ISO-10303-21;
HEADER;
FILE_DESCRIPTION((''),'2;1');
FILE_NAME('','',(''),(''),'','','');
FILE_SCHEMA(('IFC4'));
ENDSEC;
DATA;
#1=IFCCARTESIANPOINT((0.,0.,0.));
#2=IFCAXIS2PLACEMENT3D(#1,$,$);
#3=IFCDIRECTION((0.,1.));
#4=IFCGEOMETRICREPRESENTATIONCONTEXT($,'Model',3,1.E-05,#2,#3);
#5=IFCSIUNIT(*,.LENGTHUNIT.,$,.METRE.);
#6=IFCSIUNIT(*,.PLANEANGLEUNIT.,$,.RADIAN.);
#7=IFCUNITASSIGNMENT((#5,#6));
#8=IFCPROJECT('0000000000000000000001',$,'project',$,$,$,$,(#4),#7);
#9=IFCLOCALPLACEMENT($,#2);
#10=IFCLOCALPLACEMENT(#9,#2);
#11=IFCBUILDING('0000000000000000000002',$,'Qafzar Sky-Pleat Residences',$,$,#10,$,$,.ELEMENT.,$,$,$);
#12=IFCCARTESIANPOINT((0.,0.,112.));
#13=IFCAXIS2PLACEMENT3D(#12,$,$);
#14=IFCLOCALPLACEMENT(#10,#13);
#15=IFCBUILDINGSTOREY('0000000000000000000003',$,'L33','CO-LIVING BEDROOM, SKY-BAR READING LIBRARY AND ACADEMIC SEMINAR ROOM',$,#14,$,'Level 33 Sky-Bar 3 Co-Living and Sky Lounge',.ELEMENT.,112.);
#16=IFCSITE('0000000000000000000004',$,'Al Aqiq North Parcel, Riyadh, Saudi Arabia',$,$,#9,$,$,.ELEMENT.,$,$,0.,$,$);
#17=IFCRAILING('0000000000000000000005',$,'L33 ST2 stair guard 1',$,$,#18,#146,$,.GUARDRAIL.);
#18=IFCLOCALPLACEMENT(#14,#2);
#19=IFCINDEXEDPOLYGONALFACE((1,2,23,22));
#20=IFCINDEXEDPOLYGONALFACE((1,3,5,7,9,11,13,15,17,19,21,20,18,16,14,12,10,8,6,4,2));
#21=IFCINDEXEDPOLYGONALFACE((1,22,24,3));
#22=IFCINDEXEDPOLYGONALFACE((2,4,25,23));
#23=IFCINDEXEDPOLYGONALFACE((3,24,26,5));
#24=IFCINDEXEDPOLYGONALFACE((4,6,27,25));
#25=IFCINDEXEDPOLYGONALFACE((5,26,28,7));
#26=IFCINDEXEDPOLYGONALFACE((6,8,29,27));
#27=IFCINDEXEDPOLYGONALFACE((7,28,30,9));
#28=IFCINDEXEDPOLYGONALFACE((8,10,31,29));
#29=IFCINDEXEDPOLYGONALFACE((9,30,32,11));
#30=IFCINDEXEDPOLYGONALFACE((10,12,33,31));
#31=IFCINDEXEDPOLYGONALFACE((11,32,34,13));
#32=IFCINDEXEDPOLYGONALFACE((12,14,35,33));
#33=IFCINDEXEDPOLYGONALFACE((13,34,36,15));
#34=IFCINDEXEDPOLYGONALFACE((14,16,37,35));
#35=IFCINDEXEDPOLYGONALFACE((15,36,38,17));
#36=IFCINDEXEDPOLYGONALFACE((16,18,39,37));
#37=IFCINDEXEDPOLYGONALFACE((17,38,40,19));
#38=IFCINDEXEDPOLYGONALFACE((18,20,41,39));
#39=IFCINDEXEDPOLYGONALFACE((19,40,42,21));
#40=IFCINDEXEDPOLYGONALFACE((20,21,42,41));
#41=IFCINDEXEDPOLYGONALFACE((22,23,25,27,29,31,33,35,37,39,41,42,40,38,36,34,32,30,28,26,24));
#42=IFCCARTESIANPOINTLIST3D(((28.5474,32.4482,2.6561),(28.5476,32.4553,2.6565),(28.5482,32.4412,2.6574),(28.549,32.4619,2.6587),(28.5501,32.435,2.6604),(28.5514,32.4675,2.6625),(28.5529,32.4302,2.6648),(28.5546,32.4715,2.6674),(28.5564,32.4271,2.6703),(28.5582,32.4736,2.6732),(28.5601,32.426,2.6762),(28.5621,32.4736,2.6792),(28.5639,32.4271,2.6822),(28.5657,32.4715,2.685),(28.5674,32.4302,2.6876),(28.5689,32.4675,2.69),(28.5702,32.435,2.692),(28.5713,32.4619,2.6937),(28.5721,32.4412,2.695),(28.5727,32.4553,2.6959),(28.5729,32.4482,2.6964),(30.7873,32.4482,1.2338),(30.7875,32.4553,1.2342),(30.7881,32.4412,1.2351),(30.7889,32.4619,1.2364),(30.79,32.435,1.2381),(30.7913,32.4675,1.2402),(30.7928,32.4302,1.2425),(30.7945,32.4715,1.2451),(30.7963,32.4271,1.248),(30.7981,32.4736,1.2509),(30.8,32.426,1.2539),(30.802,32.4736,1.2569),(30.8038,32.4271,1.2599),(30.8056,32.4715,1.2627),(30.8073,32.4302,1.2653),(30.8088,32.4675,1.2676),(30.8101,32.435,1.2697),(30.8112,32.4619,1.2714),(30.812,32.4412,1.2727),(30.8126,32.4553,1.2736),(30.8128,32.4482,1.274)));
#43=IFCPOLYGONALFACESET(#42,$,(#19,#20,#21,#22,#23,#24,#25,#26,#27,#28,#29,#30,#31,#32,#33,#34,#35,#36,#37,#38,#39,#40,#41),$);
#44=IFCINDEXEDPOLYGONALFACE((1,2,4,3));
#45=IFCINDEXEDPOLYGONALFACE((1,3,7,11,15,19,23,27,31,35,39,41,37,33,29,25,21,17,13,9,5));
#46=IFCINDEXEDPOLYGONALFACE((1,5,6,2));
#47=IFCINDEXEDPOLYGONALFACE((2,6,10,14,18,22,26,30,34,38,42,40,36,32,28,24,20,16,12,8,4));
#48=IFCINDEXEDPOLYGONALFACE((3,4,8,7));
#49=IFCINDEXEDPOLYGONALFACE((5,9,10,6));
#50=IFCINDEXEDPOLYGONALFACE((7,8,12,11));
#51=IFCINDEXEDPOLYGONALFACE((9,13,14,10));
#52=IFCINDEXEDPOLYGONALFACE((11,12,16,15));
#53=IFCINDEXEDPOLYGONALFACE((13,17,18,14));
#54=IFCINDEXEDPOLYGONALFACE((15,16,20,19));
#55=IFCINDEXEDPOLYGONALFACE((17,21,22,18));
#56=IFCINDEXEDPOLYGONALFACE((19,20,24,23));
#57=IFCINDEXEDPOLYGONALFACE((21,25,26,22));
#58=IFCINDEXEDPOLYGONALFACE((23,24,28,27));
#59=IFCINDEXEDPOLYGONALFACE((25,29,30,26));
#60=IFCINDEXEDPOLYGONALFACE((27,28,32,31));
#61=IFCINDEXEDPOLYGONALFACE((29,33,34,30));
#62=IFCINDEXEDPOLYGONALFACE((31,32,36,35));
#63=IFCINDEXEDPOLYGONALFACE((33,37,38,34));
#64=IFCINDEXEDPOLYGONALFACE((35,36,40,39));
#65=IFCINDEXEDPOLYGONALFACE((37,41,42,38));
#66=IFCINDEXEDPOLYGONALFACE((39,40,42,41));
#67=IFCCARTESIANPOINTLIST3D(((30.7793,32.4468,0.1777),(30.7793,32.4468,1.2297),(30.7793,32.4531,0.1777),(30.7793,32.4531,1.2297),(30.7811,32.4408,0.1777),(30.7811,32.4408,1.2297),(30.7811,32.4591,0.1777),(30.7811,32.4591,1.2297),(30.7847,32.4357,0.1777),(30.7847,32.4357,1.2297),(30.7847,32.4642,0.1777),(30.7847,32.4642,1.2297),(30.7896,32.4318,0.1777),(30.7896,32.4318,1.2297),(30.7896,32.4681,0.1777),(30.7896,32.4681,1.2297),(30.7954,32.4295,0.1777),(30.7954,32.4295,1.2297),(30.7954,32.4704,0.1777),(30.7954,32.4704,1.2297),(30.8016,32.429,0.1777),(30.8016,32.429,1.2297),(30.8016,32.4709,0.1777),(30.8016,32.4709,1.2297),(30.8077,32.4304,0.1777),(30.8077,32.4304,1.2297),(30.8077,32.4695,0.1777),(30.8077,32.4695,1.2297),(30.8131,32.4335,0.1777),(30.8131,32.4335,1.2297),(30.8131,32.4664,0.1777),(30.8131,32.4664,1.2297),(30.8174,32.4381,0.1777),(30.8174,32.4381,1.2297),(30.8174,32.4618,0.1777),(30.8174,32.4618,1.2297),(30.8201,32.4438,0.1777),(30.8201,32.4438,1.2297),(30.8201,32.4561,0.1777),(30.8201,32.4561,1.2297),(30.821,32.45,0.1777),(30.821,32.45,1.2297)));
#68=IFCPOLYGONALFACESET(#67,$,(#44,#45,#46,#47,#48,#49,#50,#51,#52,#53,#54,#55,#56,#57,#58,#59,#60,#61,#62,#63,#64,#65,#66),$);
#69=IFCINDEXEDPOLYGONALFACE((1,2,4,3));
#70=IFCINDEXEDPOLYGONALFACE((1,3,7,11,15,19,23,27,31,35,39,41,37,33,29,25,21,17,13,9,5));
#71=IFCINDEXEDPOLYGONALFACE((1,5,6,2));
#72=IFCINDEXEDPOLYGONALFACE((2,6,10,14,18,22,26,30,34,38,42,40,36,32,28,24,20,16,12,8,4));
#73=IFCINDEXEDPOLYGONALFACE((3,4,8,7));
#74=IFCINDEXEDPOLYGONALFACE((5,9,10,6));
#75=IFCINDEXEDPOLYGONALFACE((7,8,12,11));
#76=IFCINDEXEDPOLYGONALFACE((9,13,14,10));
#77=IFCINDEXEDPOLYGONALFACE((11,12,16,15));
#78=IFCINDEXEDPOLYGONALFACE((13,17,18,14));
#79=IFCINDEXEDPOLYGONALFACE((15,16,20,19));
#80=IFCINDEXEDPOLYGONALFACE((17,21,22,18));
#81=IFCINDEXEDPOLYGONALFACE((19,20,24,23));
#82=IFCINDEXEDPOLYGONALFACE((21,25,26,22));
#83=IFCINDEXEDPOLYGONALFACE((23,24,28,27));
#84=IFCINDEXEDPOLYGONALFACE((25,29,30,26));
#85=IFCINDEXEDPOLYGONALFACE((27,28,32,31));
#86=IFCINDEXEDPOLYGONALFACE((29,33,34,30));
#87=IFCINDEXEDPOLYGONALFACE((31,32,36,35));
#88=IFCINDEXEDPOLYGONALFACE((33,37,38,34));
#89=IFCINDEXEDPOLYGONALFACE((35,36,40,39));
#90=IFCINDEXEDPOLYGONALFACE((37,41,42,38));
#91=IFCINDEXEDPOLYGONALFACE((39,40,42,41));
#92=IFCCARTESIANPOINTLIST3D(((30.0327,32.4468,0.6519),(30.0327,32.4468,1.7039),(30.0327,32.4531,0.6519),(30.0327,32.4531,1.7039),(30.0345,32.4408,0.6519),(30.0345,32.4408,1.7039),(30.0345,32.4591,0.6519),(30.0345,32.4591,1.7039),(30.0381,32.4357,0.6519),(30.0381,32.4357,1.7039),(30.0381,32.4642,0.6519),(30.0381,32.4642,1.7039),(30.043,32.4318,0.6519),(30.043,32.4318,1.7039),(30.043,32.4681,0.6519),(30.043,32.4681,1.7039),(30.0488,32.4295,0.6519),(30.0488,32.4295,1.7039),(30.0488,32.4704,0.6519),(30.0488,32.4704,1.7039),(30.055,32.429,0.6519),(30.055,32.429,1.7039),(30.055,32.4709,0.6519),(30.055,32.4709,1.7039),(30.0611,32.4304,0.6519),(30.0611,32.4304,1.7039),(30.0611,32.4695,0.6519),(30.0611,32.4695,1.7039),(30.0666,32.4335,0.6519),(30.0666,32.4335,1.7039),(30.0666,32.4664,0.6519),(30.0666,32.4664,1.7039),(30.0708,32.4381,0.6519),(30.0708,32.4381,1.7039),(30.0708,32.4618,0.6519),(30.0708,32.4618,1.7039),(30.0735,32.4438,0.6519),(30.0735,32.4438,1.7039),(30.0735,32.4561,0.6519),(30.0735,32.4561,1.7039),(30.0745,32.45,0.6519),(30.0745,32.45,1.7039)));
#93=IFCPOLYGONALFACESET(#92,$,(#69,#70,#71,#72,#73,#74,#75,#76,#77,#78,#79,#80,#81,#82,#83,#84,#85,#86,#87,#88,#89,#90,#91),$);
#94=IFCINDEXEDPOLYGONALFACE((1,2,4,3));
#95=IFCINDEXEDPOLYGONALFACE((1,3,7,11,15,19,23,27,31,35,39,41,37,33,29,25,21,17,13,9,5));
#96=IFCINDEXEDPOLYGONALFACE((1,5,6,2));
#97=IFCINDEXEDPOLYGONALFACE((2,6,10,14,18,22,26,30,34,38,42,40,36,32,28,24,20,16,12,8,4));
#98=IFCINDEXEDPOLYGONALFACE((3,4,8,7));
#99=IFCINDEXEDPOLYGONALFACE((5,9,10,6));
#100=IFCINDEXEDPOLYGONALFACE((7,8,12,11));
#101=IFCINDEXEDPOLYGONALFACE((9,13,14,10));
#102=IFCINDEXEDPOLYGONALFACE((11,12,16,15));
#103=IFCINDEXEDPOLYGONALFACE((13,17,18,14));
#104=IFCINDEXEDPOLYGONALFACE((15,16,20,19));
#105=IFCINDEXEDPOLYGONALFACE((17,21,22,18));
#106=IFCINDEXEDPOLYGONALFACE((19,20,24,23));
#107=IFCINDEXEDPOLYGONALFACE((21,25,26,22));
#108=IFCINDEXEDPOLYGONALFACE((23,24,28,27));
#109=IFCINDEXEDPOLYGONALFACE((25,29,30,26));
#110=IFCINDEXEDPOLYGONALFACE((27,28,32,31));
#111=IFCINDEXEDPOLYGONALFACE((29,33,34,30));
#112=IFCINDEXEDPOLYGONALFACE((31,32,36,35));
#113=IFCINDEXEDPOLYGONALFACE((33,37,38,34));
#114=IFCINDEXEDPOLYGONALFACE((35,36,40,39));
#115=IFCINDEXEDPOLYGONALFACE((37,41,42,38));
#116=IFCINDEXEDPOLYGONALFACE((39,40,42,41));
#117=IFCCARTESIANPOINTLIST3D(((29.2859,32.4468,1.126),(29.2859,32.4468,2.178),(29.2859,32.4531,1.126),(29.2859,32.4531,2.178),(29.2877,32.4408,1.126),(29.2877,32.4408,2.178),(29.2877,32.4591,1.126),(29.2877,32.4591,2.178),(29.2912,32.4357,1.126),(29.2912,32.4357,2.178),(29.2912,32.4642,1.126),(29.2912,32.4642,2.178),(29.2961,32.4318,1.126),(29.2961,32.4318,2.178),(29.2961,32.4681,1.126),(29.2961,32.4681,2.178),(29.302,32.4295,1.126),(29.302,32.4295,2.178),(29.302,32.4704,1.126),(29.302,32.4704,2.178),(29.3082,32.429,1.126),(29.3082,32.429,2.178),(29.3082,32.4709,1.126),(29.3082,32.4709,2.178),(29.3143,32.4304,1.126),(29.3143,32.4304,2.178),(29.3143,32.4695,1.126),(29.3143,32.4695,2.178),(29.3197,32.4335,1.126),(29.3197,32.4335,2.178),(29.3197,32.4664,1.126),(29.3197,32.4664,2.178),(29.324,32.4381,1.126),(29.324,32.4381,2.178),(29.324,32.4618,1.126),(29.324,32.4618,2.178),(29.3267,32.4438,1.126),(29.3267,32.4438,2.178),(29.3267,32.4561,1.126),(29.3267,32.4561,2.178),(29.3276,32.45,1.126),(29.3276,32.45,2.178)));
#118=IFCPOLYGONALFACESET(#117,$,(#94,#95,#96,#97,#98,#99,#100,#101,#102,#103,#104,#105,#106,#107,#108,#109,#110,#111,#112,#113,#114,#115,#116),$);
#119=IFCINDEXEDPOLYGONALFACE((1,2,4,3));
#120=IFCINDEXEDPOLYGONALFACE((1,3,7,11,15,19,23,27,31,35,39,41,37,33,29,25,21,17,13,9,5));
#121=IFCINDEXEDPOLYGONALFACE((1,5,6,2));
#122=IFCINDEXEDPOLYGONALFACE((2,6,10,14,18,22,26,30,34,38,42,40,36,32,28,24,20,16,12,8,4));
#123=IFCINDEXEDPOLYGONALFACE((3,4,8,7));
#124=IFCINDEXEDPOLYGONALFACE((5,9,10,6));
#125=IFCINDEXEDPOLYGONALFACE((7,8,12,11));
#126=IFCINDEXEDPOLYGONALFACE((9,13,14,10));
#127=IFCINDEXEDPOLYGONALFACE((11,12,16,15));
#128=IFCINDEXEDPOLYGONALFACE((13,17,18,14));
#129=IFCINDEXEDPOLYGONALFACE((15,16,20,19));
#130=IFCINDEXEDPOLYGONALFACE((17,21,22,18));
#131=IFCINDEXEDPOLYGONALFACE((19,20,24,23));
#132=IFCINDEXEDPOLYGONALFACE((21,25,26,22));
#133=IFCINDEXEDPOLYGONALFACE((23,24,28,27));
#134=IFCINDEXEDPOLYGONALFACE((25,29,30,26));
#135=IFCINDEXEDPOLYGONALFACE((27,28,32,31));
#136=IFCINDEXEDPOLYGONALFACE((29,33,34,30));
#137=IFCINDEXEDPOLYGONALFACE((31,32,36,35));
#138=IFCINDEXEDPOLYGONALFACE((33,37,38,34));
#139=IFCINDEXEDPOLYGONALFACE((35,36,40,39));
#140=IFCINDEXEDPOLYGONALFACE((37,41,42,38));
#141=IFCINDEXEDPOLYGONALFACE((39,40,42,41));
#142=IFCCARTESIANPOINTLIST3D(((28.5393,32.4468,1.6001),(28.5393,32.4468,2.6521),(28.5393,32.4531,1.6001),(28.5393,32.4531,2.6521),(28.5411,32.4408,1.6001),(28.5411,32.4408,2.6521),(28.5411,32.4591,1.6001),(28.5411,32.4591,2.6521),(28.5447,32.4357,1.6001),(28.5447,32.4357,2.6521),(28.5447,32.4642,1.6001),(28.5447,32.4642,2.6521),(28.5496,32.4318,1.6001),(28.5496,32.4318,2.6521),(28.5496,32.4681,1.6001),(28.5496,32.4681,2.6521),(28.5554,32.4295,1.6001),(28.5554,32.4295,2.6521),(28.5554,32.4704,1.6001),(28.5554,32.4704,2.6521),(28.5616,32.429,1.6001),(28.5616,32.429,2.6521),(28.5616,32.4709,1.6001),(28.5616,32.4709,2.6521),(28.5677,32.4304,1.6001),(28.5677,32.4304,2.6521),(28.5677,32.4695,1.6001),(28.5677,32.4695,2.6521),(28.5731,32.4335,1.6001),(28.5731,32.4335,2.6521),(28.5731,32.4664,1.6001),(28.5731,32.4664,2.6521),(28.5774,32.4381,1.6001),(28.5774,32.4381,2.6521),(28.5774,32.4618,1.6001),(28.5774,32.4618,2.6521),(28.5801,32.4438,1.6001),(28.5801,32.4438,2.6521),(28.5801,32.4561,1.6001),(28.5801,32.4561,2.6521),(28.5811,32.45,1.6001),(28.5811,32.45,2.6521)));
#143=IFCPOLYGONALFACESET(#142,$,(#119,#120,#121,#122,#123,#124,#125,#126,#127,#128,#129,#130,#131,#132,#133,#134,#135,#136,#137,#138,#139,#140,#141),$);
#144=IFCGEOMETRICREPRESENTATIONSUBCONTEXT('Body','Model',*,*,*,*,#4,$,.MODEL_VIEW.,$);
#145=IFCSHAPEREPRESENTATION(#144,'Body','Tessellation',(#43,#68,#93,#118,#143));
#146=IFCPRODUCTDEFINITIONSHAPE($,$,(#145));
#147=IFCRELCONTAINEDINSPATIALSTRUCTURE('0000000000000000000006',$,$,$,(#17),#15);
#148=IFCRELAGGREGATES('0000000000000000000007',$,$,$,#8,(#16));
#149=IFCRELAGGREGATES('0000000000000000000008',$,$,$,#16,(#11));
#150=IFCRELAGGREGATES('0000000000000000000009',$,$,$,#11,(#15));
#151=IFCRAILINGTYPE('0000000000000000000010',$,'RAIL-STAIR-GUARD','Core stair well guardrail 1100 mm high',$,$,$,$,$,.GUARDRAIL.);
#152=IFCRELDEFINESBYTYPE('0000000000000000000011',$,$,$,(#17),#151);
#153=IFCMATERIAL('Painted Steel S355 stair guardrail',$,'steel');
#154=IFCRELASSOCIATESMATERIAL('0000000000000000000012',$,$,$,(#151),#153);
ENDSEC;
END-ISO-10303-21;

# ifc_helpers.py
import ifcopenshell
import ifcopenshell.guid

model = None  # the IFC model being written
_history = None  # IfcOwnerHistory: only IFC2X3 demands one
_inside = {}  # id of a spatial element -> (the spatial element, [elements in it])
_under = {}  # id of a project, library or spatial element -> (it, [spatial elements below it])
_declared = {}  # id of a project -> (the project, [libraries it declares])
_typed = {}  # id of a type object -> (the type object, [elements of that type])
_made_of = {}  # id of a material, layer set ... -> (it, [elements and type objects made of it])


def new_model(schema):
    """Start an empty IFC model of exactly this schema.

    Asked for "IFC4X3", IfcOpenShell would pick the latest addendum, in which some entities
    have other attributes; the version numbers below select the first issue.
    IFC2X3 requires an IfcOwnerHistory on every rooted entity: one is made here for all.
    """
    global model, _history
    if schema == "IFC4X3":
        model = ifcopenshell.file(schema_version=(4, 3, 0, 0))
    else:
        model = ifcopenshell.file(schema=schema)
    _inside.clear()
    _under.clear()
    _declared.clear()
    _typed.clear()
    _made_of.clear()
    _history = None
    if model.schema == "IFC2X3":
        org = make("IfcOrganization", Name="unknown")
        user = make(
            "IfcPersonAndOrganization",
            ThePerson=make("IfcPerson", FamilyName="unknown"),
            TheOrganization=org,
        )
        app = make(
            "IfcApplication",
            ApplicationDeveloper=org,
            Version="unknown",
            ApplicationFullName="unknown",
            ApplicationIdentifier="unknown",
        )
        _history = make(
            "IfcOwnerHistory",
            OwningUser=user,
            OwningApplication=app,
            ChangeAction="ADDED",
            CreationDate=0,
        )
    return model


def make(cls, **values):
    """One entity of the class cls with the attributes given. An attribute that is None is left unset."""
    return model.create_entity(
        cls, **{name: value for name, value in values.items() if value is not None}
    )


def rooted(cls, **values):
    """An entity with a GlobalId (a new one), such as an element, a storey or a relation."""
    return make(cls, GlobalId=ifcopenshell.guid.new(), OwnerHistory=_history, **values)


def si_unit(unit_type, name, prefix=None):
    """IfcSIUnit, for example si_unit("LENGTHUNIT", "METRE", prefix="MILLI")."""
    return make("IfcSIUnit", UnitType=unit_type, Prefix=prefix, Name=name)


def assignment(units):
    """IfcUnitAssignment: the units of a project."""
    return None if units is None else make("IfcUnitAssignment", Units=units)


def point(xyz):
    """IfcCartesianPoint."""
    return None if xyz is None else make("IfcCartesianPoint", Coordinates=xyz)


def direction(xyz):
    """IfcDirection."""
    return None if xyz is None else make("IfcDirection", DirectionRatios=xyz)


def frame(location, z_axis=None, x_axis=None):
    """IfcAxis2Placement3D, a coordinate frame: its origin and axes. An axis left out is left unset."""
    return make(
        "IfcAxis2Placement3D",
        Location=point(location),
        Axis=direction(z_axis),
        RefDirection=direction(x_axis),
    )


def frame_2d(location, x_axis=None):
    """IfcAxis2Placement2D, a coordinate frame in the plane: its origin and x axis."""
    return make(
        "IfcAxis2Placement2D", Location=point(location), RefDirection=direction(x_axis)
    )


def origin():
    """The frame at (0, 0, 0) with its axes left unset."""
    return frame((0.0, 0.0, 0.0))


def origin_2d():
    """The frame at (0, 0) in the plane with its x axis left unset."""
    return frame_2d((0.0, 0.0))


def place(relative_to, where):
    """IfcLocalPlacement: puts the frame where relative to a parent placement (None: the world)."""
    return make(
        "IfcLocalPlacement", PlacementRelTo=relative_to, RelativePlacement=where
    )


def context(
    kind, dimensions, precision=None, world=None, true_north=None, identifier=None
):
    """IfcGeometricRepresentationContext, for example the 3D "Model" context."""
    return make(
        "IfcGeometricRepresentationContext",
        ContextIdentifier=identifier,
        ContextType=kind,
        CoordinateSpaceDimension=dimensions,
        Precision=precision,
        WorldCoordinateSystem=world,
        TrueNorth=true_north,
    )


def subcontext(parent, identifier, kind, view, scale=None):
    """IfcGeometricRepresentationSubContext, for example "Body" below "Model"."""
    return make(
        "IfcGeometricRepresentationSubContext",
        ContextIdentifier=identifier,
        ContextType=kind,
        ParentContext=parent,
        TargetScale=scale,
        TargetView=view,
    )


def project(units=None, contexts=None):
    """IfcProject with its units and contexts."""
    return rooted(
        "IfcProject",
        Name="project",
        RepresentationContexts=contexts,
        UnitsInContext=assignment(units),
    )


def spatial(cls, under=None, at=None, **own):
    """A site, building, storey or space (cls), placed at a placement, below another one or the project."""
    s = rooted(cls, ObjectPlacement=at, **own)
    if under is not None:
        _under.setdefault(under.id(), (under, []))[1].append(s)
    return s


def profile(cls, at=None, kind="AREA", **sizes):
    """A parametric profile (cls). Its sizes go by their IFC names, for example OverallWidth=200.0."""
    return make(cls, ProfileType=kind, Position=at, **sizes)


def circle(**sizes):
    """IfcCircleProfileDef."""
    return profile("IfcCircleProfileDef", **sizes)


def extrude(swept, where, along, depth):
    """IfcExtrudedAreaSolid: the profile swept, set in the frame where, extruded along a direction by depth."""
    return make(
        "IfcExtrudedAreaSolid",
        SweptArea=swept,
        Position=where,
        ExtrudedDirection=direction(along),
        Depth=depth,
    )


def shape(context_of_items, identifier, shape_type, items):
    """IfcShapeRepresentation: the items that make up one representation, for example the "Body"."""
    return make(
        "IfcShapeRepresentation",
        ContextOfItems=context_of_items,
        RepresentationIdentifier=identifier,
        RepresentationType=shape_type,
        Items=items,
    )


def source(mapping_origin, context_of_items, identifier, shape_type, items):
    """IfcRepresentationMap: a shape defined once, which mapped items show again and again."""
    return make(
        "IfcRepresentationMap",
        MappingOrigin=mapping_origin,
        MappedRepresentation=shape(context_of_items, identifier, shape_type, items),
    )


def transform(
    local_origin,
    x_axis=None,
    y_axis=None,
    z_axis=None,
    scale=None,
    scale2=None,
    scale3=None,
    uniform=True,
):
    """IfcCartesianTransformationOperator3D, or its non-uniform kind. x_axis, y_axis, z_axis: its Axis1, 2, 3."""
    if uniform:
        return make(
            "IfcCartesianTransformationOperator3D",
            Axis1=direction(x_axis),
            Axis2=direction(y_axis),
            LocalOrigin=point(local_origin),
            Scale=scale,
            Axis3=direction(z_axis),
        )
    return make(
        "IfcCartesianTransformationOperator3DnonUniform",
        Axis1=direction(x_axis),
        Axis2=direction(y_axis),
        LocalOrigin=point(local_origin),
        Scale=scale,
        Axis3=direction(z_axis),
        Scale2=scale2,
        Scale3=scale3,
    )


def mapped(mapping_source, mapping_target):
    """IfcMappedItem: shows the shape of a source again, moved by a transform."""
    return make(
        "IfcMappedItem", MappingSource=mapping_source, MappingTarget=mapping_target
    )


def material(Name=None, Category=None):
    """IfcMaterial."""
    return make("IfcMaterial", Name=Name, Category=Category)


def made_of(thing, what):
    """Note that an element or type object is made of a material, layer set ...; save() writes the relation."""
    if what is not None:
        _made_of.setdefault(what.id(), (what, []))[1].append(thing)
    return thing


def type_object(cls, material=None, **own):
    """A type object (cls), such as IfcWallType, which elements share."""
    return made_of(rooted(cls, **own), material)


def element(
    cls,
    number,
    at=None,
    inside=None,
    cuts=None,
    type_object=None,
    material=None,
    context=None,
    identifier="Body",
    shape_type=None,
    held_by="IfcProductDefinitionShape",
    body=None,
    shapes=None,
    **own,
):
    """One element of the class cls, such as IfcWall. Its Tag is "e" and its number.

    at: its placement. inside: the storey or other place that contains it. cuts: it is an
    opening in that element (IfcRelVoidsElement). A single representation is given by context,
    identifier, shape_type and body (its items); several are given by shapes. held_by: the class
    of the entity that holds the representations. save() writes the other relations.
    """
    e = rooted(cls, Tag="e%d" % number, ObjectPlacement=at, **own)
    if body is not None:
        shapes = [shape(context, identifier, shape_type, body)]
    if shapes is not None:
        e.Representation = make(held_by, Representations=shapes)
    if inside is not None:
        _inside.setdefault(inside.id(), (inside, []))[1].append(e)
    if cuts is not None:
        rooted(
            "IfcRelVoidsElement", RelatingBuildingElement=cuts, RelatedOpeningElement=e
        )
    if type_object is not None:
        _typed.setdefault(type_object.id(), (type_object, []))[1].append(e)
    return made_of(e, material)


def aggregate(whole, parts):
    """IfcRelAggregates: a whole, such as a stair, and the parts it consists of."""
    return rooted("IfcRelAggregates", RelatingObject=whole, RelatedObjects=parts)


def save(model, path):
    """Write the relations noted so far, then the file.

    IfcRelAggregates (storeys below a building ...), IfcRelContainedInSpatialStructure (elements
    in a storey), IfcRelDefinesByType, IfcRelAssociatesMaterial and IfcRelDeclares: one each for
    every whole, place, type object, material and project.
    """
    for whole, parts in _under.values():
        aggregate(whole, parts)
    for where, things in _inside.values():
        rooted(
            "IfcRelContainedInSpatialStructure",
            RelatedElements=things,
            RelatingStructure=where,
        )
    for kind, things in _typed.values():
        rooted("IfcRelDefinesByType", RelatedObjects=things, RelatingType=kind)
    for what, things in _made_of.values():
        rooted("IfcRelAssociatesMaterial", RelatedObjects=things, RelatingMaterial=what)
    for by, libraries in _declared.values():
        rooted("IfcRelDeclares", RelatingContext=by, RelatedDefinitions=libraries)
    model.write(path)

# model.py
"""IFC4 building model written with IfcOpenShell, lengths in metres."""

from ifc_helpers import new_model, si_unit, direction, frame, origin, origin_2d, place, context, subcontext, project, spatial, circle, extrude, source, transform, mapped, material, type_object, element, save


model = new_model("IFC4")

# Units and contexts
model_context = context("Model", 3, precision=1e-05, world=origin(), true_north=direction((0.0, 1.0)))
body_context = subcontext(model_context, "Body", "Model", "MODEL_VIEW")
ifc_project = project(units=[si_unit("LENGTHUNIT", "METRE"), si_unit("PLANEANGLEUNIT", "RADIAN")], contexts=[model_context])

# Site, building, storey
site_placement = place(None, origin())
site = spatial("IfcSite", under=ifc_project, at=site_placement, Name="Al Aqiq North Parcel, Riyadh, Saudi Arabia", CompositionType="ELEMENT", RefElevation=0.0)
building_placement = place(site_placement, origin())
building = spatial("IfcBuilding", under=site, at=building_placement, Name="Qafzar Sky-Pleat Residences", CompositionType="ELEMENT")
storey_placement = place(building_placement, frame((0.0, 0.0, 112.0)))
storey = spatial("IfcBuildingStorey", under=building, at=storey_placement, Name="L33", Description="CO-LIVING BEDROOM, SKY-BAR READING LIBRARY AND ACADEMIC SEMINAR ROOM", LongName="Level 33 Sky-Bar 3 Co-Living and Sky Lounge", CompositionType="ELEMENT", Elevation=112.0)

# Railing
ifc_material_1 = material(Name="Painted Steel S355 stair guardrail", Category="steel")
railing_type_1 = type_object("IfcRailingType", Name="RAIL-STAIR-GUARD", Description="Core stair well guardrail 1100 mm high", PredefinedType="GUARDRAIL", material=ifc_material_1)
shared_shape_1 = source(origin(), body_context, "Body", "SweptSolid", [
    extrude(circle(Radius=0.0239, at=origin_2d()), frame((0.0, 0.0, 1.0762), z_axis=(-0.844188, 0.0, 0.536048), x_axis=(0.0, -1.0, 0.0)), (0.0, 0.0, 1.0), 2.6533),
    extrude(circle(Radius=0.021, at=origin_2d()), origin(), (0.0, 0.0, 1.0), 1.052),
    extrude(circle(Radius=0.021, at=origin_2d()), frame((-0.7466, 0.0, 0.4741)), (0.0, 0.0, 1.0), 1.052),
    extrude(circle(Radius=0.021, at=origin_2d()), frame((-1.4934, 0.0, 0.9482)), (0.0, 0.0, 1.0), 1.052),
    extrude(circle(Radius=0.021, at=origin_2d()), frame((-2.24, 0.0, 1.4224)), (0.0, 0.0, 1.0), 1.052),
])
railing_1_placement = place(storey_placement, frame((30.8, 32.45, 0.1777)))
element("IfcRailing", 1, at=railing_1_placement, inside=storey, type_object=railing_type_1, Name="L33 ST2 stair guard 1", PredefinedType="GUARDRAIL", context=body_context, shape_type="MappedRepresentation", body=[
    mapped(shared_shape_1, transform((0.0, 0.0, 0.0), x_axis=(1.0, 0.0, 0.0), y_axis=(0.0, 1.0, 0.0), z_axis=(0.0, 0.0, 1.0), scale=1.0)),
])

save(model, "model.ifc")
